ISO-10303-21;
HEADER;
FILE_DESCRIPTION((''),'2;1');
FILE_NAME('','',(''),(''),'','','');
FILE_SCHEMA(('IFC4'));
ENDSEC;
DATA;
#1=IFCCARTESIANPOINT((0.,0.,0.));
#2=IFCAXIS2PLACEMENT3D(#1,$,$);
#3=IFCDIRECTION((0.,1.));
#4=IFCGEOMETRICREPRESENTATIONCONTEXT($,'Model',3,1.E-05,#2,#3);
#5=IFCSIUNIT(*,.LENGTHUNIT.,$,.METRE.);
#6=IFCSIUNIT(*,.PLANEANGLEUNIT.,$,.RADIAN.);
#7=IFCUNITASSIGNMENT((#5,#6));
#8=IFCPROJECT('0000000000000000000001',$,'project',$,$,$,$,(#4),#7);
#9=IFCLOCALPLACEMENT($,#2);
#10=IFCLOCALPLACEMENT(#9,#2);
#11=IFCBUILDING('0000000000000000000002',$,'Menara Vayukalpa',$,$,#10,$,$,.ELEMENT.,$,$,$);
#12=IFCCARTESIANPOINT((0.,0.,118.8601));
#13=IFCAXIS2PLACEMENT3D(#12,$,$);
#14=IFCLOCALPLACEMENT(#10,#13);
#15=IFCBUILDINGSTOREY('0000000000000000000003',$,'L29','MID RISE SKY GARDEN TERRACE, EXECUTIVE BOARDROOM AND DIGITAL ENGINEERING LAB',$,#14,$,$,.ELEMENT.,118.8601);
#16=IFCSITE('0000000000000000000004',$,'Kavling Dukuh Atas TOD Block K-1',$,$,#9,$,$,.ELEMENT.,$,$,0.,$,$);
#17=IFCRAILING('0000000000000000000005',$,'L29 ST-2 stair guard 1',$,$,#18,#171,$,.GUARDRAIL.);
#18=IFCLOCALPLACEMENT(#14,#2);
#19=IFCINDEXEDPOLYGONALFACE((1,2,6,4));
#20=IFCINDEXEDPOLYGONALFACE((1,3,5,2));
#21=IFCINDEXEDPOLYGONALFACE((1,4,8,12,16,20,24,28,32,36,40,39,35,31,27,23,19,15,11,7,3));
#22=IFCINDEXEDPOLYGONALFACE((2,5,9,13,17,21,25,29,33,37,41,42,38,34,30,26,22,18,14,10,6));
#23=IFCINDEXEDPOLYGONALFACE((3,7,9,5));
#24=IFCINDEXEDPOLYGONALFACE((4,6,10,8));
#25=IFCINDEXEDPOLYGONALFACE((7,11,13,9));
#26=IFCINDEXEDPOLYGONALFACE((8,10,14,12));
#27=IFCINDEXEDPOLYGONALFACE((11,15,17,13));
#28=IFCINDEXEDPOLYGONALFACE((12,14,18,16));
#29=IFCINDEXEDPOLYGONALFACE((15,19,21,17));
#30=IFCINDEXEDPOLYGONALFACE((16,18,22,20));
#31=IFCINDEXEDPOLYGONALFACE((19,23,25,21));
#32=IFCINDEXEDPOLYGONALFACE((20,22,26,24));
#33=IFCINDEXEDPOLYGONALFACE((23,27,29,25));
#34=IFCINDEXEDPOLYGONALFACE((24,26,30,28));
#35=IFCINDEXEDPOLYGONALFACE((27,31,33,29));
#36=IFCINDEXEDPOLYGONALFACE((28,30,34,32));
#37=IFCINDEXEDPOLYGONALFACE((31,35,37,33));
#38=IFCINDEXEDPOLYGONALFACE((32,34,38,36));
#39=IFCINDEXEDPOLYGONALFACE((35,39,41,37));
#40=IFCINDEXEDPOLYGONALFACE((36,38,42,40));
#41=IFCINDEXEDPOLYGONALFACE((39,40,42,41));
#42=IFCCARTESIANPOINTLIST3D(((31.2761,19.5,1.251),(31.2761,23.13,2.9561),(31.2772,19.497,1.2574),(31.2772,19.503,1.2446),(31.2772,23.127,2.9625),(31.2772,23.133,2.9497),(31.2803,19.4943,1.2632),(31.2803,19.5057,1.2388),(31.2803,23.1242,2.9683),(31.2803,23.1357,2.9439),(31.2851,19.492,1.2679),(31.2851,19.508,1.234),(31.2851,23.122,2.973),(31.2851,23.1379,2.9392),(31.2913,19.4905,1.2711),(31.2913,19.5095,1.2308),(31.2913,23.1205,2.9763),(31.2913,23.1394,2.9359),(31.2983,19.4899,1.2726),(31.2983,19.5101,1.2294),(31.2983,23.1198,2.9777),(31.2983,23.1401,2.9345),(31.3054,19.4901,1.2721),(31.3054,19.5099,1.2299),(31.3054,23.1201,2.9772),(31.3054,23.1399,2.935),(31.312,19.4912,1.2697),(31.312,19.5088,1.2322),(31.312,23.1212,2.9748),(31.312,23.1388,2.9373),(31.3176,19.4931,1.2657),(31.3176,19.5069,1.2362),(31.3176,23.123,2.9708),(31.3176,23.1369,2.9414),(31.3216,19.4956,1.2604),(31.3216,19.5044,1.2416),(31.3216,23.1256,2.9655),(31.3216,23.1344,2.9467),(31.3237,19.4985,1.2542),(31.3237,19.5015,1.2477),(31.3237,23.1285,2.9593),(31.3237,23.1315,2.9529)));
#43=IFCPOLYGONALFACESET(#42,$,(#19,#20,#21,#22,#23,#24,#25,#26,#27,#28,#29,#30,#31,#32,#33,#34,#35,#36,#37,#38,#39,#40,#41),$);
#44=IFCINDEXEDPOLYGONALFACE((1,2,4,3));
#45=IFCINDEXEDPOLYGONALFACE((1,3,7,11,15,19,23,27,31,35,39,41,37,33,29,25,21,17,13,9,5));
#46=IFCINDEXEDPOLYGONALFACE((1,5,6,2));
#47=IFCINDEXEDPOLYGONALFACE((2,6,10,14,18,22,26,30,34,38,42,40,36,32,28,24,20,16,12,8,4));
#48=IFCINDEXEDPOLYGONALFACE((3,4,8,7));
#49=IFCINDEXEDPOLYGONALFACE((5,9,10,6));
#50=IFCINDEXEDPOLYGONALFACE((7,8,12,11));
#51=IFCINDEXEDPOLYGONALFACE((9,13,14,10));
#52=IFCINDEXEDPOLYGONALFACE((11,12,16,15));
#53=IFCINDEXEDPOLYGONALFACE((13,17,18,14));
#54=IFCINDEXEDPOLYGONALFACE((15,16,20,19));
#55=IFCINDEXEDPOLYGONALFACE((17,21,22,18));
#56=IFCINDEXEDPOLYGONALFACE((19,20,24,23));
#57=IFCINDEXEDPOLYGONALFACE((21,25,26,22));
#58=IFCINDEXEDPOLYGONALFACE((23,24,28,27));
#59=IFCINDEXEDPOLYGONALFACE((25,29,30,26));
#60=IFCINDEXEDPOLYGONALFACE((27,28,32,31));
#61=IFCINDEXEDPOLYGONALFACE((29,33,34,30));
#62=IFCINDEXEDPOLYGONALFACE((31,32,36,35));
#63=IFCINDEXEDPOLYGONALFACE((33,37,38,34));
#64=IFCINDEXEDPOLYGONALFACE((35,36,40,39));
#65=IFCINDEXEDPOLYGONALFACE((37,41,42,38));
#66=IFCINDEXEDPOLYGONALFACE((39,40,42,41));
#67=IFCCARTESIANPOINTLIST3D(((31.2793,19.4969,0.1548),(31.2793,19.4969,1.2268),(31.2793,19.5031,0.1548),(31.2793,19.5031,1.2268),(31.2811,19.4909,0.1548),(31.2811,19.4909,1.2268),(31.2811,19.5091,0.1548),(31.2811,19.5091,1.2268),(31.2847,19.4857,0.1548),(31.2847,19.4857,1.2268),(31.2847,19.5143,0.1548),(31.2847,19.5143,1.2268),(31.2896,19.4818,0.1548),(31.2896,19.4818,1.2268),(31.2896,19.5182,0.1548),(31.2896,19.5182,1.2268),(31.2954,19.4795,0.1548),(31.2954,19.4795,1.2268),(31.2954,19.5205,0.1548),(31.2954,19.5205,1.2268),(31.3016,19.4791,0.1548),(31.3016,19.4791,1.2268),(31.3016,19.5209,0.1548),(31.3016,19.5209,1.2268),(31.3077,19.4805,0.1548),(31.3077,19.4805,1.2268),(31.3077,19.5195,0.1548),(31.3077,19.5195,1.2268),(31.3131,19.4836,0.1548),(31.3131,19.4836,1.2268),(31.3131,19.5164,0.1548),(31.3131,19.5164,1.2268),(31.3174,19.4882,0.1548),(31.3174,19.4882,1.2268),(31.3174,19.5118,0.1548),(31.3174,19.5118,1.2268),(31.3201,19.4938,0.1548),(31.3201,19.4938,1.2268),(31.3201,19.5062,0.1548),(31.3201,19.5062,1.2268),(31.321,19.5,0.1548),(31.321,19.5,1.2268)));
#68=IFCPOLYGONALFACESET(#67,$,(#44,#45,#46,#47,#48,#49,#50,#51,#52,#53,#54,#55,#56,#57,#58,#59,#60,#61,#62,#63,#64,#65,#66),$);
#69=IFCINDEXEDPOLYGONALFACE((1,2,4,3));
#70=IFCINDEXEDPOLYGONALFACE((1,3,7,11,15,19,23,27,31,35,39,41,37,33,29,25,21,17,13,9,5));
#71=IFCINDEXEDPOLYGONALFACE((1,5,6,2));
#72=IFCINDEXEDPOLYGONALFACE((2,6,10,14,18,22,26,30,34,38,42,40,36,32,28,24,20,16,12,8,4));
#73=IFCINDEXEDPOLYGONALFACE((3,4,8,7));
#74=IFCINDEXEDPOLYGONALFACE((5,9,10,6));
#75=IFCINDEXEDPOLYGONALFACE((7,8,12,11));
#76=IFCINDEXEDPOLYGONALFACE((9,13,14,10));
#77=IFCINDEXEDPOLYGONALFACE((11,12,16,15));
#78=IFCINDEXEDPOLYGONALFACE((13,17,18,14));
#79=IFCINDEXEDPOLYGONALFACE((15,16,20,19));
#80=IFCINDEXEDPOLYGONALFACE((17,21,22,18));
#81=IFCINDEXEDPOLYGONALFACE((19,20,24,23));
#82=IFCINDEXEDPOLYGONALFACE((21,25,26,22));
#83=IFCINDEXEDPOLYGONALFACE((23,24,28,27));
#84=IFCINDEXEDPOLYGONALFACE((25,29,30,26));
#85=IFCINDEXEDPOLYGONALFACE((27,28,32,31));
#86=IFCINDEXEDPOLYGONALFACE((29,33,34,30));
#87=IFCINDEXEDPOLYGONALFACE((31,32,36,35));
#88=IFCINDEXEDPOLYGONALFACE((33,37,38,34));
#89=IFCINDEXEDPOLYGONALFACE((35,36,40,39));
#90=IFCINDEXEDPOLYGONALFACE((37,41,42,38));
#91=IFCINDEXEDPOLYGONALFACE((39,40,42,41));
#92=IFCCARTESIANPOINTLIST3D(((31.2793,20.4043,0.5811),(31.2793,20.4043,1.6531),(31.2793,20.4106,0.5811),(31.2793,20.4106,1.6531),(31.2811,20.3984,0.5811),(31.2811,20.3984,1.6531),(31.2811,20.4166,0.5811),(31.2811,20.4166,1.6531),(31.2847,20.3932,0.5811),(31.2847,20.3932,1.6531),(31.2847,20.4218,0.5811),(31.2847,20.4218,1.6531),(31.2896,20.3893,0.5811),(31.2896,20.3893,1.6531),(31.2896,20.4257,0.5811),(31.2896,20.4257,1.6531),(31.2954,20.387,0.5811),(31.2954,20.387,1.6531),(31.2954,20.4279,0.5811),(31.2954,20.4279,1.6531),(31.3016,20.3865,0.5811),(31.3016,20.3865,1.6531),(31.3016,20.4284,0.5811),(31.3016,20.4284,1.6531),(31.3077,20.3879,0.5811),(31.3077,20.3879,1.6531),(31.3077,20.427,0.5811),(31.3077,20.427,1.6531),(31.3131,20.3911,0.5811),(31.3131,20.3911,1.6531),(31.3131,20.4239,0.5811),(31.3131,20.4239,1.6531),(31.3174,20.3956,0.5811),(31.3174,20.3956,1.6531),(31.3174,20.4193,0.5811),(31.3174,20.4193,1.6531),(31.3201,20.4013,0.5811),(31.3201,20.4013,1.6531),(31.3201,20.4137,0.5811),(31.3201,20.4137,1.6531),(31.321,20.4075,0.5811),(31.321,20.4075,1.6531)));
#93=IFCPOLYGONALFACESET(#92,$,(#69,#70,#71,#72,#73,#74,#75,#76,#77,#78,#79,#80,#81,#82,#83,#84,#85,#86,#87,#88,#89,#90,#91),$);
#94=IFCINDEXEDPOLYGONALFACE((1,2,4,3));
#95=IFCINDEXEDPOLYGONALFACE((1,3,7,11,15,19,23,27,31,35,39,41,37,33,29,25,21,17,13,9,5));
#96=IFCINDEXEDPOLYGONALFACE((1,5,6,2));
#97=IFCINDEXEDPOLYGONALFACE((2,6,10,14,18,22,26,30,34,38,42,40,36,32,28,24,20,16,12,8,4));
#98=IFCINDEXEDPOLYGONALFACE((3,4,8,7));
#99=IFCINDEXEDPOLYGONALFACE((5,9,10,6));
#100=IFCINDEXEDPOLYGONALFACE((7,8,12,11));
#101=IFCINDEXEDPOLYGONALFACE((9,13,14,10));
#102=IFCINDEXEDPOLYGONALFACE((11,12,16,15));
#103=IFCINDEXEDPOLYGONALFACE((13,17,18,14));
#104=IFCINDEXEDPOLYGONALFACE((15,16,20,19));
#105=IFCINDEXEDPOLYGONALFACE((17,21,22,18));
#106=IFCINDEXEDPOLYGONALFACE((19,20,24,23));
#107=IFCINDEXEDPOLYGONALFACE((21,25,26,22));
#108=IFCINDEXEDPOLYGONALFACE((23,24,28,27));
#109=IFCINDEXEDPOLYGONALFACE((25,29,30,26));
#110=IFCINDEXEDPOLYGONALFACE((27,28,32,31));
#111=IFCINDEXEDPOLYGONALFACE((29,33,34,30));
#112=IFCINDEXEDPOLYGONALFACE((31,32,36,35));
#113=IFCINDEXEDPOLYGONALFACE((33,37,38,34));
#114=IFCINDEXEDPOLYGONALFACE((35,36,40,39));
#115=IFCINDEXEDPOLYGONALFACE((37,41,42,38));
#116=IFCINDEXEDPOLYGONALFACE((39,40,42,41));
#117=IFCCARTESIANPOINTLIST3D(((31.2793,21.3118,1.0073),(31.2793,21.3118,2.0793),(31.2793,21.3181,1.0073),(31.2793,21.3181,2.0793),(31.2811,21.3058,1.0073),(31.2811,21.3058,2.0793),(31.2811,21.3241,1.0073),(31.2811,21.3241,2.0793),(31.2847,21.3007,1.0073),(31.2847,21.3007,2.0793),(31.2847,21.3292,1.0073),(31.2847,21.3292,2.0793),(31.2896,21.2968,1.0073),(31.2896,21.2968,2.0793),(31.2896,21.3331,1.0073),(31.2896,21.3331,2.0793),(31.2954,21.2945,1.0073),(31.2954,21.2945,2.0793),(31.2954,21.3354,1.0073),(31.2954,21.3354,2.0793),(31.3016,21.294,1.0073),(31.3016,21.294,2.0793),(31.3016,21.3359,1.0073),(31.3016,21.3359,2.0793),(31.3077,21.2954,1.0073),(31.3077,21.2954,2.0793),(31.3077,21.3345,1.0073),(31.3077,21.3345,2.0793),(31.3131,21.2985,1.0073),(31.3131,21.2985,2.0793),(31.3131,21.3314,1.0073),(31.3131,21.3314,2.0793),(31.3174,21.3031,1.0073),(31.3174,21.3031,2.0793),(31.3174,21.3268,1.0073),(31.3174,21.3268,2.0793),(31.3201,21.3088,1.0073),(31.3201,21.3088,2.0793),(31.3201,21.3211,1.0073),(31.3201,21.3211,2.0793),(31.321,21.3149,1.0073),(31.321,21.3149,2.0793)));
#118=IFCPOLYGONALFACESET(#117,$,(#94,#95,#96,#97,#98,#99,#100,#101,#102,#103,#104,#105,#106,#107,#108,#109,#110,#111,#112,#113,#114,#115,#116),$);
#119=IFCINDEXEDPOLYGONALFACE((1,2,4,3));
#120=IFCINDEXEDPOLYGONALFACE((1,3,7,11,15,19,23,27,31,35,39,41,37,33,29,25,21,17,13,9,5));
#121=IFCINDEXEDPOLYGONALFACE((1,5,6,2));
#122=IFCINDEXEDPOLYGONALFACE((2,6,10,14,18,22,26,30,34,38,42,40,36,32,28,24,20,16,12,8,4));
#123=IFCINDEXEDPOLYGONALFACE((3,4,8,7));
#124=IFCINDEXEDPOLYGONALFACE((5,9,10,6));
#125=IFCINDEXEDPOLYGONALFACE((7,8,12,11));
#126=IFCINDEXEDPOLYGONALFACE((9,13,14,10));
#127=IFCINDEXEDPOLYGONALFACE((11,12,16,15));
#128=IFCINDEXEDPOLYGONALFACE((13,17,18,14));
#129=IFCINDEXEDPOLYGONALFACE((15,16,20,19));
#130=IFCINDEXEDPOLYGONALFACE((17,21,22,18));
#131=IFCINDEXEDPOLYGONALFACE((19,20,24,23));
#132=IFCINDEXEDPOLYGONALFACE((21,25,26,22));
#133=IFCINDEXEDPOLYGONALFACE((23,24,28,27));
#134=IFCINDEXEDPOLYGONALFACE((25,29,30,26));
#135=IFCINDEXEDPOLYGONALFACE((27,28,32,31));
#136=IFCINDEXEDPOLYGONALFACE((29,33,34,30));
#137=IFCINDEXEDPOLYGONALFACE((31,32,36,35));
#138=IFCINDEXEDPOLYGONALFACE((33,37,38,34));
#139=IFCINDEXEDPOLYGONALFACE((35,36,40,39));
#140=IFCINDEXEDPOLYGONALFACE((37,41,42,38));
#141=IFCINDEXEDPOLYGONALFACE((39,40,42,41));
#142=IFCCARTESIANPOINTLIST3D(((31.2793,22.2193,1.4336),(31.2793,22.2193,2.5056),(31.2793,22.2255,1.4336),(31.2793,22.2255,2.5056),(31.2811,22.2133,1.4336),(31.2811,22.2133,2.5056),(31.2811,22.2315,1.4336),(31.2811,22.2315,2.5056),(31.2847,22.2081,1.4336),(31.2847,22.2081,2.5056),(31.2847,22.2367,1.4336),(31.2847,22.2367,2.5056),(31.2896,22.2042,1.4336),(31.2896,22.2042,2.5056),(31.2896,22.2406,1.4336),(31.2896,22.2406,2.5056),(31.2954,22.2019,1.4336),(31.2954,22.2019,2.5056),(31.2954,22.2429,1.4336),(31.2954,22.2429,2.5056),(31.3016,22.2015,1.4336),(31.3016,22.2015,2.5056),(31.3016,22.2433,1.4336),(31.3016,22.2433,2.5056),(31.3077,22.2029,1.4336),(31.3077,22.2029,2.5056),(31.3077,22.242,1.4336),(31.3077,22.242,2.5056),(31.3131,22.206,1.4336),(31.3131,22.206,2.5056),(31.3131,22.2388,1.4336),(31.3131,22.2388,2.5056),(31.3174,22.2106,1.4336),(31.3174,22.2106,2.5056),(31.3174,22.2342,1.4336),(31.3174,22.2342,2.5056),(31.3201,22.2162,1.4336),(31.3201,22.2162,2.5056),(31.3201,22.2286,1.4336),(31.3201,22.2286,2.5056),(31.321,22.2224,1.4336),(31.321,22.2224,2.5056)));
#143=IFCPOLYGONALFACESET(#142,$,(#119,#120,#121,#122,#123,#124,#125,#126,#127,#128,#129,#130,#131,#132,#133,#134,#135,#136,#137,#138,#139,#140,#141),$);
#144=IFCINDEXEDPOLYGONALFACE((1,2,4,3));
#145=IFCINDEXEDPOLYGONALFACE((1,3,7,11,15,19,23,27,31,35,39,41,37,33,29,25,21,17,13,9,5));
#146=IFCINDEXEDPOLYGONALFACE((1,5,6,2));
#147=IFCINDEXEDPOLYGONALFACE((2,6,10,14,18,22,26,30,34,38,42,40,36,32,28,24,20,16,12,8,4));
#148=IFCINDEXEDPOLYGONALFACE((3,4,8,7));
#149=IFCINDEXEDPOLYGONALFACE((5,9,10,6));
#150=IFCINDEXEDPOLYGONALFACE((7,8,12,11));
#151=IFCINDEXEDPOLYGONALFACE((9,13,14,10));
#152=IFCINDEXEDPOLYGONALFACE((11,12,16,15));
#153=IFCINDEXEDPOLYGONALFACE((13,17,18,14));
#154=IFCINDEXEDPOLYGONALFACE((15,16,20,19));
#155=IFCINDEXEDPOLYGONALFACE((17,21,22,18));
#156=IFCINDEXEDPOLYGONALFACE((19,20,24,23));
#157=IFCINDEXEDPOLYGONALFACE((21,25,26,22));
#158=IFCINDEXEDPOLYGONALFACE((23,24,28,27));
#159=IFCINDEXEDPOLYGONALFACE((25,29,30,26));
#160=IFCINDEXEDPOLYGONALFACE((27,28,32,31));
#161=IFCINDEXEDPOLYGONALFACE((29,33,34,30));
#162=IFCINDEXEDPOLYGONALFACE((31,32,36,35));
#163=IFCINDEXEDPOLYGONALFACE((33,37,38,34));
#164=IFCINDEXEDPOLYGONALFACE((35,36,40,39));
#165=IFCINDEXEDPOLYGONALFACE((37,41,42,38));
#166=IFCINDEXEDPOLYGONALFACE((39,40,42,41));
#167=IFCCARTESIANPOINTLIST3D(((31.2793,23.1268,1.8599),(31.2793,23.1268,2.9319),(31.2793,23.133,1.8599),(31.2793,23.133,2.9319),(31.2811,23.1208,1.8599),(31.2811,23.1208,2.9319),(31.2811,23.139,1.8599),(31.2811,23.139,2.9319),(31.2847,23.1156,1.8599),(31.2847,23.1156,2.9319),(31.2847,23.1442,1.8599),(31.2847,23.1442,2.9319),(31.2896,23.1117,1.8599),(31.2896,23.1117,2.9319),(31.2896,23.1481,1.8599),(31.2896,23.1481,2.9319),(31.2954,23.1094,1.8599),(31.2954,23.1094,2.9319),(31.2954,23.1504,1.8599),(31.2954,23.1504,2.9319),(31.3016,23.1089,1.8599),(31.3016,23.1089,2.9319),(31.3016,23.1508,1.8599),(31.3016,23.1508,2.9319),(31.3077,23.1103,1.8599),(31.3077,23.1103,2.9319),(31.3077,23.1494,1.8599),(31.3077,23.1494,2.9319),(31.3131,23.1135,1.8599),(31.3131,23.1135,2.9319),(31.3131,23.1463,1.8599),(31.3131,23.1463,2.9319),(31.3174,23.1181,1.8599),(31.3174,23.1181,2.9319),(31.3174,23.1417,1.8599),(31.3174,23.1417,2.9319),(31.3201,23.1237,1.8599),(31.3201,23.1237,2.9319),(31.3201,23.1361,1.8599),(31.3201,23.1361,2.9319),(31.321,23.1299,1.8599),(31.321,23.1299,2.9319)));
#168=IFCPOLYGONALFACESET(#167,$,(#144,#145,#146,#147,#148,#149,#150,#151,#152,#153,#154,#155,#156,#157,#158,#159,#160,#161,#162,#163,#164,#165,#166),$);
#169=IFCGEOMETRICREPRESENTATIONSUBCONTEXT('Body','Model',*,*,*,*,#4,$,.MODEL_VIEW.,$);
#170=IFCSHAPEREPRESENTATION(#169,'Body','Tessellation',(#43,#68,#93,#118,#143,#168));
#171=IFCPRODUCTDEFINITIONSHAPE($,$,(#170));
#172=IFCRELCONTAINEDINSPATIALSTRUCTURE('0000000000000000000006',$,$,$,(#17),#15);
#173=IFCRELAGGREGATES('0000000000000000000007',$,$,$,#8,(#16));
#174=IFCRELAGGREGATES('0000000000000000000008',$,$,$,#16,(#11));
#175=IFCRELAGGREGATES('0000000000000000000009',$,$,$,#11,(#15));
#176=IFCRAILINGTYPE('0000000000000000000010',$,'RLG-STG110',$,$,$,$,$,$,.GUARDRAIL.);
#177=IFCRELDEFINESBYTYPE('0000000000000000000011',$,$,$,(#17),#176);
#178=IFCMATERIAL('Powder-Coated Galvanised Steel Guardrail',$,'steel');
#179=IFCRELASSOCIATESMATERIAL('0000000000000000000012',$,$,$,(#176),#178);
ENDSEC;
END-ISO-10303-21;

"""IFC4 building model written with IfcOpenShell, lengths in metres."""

from ifc_helpers import new_model, si_unit, direction, frame, origin, origin_2d, place, context, subcontext, project, spatial, circle, extrude, material, type_object, element, save


model = new_model("IFC4")

# Units and contexts
model_context = context("Model", 3, precision=1e-05, world=origin(), true_north=direction((0.0, 1.0)))
body_context = subcontext(model_context, "Body", "Model", "MODEL_VIEW")
ifc_project = project(units=[si_unit("LENGTHUNIT", "METRE"), si_unit("PLANEANGLEUNIT", "RADIAN")], contexts=[model_context])

# Site, building, storey
site_placement = place(None, origin())
site = spatial("IfcSite", under=ifc_project, at=site_placement, Name="Kavling Dukuh Atas TOD Block K-1", CompositionType="ELEMENT", RefElevation=0.0)
building_placement = place(site_placement, origin())
building = spatial("IfcBuilding", under=site, at=building_placement, Name="Menara Vayukalpa", CompositionType="ELEMENT")
storey_placement = place(building_placement, frame((0.0, 0.0, 118.8601)))
storey = spatial("IfcBuildingStorey", under=building, at=storey_placement, Name="L29", Description="MID RISE SKY GARDEN TERRACE, EXECUTIVE BOARDROOM AND DIGITAL ENGINEERING LAB", CompositionType="ELEMENT", Elevation=118.8601)

# Railing
ifc_material_1 = material(Name="Powder-Coated Galvanised Steel Guardrail", Category="steel")
railing_type_1 = type_object("IfcRailingType", Name="RLG-STG110", PredefinedType="GUARDRAIL", material=ifc_material_1)
railing_1_placement = place(storey_placement, frame((31.3, 19.5, 0.1548)))
element("IfcRailing", 1, at=railing_1_placement, inside=storey, type_object=railing_type_1, Name="L29 ST-2 stair guard 1", PredefinedType="GUARDRAIL", context=body_context, shape_type="SweptSolid", body=[
    extrude(circle(Radius=0.0239, at=origin_2d()), frame((0.0, 0.0, 1.0962), z_axis=(0.0, 0.905116, 0.425164), x_axis=(-1.0, 0.0, 0.0)), (0.0, 0.0, 1.0), 4.0105),
    extrude(circle(Radius=0.021, at=origin_2d()), origin(), (0.0, 0.0, 1.0), 1.072),
    extrude(circle(Radius=0.021, at=origin_2d()), frame((0.0, 0.9075, 0.4263)), (0.0, 0.0, 1.0), 1.072),
    extrude(circle(Radius=0.021, at=origin_2d()), frame((0.0, 1.8149, 0.8525)), (0.0, 0.0, 1.0), 1.072),
    extrude(circle(Radius=0.021, at=origin_2d()), frame((0.0, 2.7224, 1.2788)), (0.0, 0.0, 1.0), 1.072),
    extrude(circle(Radius=0.021, at=origin_2d()), frame((0.0, 3.6299, 1.7051)), (0.0, 0.0, 1.0), 1.072),
])

save(model, "model.ifc")
